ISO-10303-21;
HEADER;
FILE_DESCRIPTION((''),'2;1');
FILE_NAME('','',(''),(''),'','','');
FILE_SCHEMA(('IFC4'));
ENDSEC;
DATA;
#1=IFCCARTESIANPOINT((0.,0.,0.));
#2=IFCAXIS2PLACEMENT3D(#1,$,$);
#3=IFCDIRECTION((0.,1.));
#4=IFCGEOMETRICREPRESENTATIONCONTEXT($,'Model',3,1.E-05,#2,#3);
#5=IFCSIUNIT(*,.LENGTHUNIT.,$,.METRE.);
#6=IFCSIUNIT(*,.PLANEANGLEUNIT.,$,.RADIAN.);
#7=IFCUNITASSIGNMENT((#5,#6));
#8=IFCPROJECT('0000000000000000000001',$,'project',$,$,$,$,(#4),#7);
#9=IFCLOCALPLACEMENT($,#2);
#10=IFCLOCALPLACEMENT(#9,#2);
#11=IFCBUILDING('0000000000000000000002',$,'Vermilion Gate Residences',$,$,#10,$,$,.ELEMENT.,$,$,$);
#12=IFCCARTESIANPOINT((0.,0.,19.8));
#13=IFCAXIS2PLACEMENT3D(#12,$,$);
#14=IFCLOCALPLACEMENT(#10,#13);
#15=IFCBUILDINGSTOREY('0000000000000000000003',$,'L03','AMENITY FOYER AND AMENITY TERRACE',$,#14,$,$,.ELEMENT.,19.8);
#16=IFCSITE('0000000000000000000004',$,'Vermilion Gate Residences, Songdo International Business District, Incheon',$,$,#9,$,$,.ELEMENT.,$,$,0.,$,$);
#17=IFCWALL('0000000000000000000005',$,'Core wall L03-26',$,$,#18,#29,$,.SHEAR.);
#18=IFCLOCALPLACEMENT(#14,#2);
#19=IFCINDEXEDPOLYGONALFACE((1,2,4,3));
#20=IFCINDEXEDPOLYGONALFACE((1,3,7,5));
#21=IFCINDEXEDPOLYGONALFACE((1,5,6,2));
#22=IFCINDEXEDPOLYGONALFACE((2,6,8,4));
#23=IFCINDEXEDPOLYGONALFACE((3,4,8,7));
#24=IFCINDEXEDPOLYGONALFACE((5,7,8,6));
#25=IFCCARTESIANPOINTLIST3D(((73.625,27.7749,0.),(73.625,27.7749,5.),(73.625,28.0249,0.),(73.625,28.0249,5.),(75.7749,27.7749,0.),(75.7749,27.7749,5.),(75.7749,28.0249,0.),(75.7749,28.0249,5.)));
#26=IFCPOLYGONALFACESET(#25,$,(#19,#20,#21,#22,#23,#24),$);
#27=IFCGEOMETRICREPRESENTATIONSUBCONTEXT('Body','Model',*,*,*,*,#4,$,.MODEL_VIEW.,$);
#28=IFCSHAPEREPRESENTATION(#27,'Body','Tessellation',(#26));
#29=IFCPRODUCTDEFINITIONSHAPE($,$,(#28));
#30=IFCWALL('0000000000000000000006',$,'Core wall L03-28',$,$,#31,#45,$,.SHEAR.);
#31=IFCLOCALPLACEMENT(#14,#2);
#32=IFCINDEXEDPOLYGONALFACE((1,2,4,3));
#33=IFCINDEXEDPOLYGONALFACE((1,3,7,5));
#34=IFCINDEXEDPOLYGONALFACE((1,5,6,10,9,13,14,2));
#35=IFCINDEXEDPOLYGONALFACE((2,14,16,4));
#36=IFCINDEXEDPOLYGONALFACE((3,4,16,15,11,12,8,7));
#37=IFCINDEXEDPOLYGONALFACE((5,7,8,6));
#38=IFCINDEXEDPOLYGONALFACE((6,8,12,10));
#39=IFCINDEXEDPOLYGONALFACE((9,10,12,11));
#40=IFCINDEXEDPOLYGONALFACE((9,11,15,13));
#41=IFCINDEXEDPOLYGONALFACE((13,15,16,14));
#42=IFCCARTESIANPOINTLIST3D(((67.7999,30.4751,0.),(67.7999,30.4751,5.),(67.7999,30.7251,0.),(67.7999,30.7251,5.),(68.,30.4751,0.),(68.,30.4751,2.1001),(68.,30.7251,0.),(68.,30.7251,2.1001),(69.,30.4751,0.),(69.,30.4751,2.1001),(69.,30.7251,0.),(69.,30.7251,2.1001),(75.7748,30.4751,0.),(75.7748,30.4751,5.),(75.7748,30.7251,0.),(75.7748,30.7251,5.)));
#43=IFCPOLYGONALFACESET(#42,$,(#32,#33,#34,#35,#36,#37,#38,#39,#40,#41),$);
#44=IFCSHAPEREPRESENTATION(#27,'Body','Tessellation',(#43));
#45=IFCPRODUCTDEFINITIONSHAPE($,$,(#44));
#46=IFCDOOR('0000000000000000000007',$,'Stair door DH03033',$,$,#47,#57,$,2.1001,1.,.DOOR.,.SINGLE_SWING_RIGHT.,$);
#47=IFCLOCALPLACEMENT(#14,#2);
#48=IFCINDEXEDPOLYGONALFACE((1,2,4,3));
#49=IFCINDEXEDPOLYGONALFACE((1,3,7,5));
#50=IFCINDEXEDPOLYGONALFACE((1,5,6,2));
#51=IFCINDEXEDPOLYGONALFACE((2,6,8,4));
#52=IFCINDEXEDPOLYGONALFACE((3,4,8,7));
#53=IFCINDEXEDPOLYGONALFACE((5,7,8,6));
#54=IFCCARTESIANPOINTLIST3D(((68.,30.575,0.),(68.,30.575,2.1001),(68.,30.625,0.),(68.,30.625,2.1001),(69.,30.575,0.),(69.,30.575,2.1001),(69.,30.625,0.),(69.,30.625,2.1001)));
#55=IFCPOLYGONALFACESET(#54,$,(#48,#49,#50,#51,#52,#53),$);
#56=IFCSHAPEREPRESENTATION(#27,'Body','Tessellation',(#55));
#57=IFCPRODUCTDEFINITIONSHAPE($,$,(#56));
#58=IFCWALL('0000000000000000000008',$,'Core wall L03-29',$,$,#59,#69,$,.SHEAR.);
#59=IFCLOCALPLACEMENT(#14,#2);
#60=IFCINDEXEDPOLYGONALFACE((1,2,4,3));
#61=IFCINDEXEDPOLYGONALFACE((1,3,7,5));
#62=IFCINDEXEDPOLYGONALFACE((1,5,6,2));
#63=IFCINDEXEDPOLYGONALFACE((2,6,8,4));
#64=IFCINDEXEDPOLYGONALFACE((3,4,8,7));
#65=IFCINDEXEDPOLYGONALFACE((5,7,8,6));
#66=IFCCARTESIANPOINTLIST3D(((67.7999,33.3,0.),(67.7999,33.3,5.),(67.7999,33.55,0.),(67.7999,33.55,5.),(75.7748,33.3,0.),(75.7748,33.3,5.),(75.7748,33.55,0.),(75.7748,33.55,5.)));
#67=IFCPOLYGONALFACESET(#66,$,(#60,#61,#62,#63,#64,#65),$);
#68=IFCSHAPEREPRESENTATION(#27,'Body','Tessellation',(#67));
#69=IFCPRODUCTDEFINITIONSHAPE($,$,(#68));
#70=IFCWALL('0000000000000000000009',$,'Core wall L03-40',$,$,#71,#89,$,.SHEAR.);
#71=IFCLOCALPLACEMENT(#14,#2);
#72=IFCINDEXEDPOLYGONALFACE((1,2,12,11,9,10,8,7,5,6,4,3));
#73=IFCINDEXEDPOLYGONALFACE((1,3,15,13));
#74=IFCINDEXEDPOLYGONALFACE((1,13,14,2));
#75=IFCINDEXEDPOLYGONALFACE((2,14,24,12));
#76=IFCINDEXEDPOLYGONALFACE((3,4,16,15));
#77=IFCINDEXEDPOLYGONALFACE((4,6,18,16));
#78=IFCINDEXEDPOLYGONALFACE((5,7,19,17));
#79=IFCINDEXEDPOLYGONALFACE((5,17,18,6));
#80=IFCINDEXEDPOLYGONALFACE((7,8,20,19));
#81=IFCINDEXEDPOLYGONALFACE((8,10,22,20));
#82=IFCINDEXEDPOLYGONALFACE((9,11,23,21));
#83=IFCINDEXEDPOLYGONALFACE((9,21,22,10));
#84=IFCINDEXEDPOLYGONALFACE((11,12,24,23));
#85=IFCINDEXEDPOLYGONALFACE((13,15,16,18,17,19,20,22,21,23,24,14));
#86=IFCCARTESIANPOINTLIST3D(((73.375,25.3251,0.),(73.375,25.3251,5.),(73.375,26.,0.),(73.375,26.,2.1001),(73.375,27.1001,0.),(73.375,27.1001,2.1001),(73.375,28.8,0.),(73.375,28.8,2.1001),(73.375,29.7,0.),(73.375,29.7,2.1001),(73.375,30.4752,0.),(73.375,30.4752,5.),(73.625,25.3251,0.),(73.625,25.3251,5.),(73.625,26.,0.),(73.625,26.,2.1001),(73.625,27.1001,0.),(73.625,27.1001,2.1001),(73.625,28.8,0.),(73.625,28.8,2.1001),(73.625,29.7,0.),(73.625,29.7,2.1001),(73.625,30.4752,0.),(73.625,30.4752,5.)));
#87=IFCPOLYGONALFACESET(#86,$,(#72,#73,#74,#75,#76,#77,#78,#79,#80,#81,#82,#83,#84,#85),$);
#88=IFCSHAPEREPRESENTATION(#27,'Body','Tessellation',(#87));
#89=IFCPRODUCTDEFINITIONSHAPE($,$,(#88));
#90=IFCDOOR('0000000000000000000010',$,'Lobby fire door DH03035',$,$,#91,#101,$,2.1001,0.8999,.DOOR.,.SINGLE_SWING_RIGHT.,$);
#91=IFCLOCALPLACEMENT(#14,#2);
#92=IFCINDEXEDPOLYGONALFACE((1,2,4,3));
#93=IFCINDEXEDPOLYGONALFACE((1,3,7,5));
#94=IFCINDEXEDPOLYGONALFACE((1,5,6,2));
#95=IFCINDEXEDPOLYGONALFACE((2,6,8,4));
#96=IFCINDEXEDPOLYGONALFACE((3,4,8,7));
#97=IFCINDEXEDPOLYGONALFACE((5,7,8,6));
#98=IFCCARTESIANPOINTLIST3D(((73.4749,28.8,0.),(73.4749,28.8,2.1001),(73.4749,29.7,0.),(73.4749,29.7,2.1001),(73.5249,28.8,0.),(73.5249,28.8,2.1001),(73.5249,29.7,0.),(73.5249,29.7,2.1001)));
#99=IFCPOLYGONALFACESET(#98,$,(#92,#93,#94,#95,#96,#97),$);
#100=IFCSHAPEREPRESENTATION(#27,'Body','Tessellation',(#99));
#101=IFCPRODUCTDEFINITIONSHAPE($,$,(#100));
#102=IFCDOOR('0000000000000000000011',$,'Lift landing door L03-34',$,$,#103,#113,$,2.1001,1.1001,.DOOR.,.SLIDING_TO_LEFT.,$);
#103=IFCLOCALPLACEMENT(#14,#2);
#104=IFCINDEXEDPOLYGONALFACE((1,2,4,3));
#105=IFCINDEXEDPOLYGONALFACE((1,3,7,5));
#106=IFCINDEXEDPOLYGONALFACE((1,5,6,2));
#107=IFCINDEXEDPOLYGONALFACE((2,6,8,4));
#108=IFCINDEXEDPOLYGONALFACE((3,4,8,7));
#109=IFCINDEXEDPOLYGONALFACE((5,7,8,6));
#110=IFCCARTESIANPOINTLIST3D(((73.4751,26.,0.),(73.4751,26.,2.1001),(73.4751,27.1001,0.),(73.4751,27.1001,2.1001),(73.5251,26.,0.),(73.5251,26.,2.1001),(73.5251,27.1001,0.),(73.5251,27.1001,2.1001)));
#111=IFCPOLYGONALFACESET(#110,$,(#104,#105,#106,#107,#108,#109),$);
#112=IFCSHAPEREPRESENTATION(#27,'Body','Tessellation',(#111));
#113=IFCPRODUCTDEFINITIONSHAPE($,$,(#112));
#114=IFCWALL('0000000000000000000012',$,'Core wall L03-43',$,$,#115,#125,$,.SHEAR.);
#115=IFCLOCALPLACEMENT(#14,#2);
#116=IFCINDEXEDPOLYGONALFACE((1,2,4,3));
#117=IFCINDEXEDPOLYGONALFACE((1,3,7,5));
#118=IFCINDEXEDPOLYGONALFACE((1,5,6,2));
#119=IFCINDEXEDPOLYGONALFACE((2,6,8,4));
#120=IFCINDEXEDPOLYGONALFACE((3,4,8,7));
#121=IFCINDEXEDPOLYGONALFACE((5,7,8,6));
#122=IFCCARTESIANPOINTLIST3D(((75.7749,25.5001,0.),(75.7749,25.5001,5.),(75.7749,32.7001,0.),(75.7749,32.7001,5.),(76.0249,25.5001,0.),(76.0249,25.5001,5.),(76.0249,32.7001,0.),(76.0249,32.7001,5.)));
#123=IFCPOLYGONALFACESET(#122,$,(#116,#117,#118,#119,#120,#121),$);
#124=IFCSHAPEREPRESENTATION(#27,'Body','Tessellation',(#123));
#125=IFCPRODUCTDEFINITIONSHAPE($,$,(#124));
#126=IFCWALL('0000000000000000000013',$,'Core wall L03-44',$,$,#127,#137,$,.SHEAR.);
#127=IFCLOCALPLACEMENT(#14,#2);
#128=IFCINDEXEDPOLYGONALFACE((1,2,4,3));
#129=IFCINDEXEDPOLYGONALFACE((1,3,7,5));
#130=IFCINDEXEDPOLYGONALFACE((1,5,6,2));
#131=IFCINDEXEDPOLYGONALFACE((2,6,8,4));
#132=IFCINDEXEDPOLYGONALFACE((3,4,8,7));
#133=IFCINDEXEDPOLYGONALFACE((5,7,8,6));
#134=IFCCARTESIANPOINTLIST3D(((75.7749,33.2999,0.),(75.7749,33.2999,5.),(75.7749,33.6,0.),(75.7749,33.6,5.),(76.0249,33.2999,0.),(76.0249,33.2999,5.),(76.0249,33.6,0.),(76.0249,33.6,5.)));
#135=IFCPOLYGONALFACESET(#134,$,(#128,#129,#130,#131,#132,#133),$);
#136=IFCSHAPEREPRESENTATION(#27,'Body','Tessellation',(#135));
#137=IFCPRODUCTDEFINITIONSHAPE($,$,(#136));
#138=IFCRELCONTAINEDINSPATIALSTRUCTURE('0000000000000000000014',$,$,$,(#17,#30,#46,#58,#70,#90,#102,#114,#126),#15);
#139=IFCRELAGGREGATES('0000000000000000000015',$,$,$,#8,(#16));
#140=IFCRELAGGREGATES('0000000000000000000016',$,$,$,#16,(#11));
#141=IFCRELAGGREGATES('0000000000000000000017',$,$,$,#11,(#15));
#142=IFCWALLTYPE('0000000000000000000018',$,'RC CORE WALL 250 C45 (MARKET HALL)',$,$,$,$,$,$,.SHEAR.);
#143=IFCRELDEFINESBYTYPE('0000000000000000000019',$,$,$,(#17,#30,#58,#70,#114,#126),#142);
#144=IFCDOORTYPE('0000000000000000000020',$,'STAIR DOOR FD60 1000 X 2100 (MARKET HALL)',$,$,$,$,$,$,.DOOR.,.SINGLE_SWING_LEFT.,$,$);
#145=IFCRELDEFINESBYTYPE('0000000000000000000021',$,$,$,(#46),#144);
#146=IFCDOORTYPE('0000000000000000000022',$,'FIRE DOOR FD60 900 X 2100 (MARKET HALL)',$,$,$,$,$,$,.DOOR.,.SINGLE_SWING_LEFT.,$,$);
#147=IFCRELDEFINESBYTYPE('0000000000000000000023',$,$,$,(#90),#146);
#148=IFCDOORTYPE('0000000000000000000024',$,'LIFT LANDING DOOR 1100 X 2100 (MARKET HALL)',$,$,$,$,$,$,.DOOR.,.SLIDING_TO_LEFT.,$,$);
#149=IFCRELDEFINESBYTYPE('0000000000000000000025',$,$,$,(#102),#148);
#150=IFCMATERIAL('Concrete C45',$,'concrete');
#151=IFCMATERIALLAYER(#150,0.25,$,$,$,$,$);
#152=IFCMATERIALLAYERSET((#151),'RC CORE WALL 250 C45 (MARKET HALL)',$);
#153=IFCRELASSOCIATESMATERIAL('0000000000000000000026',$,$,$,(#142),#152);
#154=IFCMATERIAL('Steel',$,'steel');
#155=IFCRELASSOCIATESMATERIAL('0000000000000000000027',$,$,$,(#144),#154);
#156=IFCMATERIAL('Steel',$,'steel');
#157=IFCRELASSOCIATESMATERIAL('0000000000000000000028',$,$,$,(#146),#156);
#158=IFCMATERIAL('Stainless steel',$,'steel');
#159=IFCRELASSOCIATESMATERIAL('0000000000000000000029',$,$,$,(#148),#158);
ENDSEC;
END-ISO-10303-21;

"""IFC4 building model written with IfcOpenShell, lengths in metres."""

from ifc_helpers import new_model, si_unit, direction, frame, frame_2d, origin, place, context, subcontext, project, spatial, rectangle, extrude, material, layer, layer_set, type_object, element, fill, save


model = new_model("IFC4")

# Units and contexts
model_context = context("Model", 3, precision=1e-05, world=origin(), true_north=direction((0.0, 1.0)))
body_context = subcontext(model_context, "Body", "Model", "MODEL_VIEW")
ifc_project = project(units=[si_unit("LENGTHUNIT", "METRE"), si_unit("PLANEANGLEUNIT", "RADIAN")], contexts=[model_context])

# Site, building, storey
site_placement = place(None, origin())
site = spatial("IfcSite", under=ifc_project, at=site_placement, Name="Vermilion Gate Residences, Songdo International Business District, Incheon", CompositionType="ELEMENT", RefElevation=0.0)
building_placement = place(site_placement, origin())
building = spatial("IfcBuilding", under=site, at=building_placement, Name="Vermilion Gate Residences", CompositionType="ELEMENT")
storey_placement = place(building_placement, frame((0.0, 0.0, 19.8)))
storey = spatial("IfcBuildingStorey", under=building, at=storey_placement, Name="L03", Description="AMENITY FOYER AND AMENITY TERRACE", CompositionType="ELEMENT", Elevation=19.8)

# Wall
ifc_material_1 = material(Name="Concrete C45", Category="concrete")
ifc_layer_1 = layer(ifc_material_1, 0.25)
ifc_layer_set_1 = layer_set([ifc_layer_1], Name="RC CORE WALL 250 C45 (MARKET HALL)")
wall_type_1 = type_object("IfcWallType", Name="RC CORE WALL 250 C45 (MARKET HALL)", PredefinedType="SHEAR", material=ifc_layer_set_1)
wall_1_placement = place(storey_placement, frame((73.625, 27.8999, 0.0), z_axis=(0.0, 0.0, 1.0), x_axis=(1.0, 0.0, 0.0)))
element("IfcWall", 1, at=wall_1_placement, inside=storey, type_object=wall_type_1, Name="Core wall L03-26", PredefinedType="SHEAR", context=body_context, shape_type="SweptSolid", body=[
    extrude(rectangle(XDim=2.1499, YDim=0.25, at=frame_2d((1.075, 0.0))), origin(), (0.0, 0.0, 1.0), 5.0),
])

# Wall, opening, door
wall_2_placement = place(storey_placement, frame((67.8, 30.6001, 0.0), z_axis=(0.0, 0.0, 1.0), x_axis=(1.0, 0.0, 0.0)))
wall_2 = element("IfcWall", 2, at=wall_2_placement, inside=storey, type_object=wall_type_1, Name="Core wall L03-28", PredefinedType="SHEAR", context=body_context, shape_type="SweptSolid", body=[
    extrude(rectangle(XDim=7.9749, YDim=0.25, at=frame_2d((3.9873, 0.0))), origin(), (0.0, 0.0, 1.0), 5.0),
])
opening_1_placement = place(wall_2_placement, frame((0.2, 0.0, 0.0)))
opening_1 = element("IfcOpeningElement", 3, at=opening_1_placement, cuts=wall_2, PredefinedType="OPENING", context=body_context, shape_type="SweptSolid", body=[
    extrude(rectangle(XDim=1.0, YDim=2.1001, at=frame_2d((0.5, 1.05))), frame((0.0, 0.135, 0.0), z_axis=(0.0, -1.0, 0.0), x_axis=(1.0, 0.0, 0.0)), (0.0, 0.0, 1.0), 0.27),
])
ifc_material_2 = material(Name="Steel", Category="steel")
door_type_1 = type_object("IfcDoorType", Name="STAIR DOOR FD60 1000 X 2100 (MARKET HALL)", OperationType="SINGLE_SWING_LEFT", PredefinedType="DOOR", material=ifc_material_2)
door_1_placement = place(opening_1_placement, origin())
door_1 = element("IfcDoor", 4, at=door_1_placement, inside=storey, type_object=door_type_1, Name="Stair door DH03033", OperationType="SINGLE_SWING_RIGHT", OverallHeight=2.1001, OverallWidth=1.0, PredefinedType="DOOR", context=body_context, shape_type="SweptSolid", body=[
    extrude(rectangle(XDim=1.0, YDim=2.1001, at=frame_2d((0.5, 1.05))), frame((0.0, 0.0249, 0.0), z_axis=(0.0, -1.0, 0.0), x_axis=(1.0, 0.0, 0.0)), (0.0, 0.0, 1.0), 0.05),
])
fill(opening_1, door_1)

# Wall
wall_3_placement = place(storey_placement, frame((67.8, 33.425, 0.0), z_axis=(0.0, 0.0, 1.0), x_axis=(1.0, 0.0, 0.0)))
element("IfcWall", 5, at=wall_3_placement, inside=storey, type_object=wall_type_1, Name="Core wall L03-29", PredefinedType="SHEAR", context=body_context, shape_type="SweptSolid", body=[
    extrude(rectangle(XDim=7.9749, YDim=0.25, at=frame_2d((3.9873, 0.0))), origin(), (0.0, 0.0, 1.0), 5.0),
])

# Wall, openings, doors
wall_4_placement = place(storey_placement, frame((73.5, 25.325, 0.0), z_axis=(0.0, 0.0, 1.0), x_axis=(0.0, 1.0, 0.0)))
wall_4 = element("IfcWall", 6, at=wall_4_placement, inside=storey, type_object=wall_type_1, Name="Core wall L03-40", PredefinedType="SHEAR", context=body_context, shape_type="SweptSolid", body=[
    extrude(rectangle(XDim=5.1501, YDim=0.25, at=frame_2d((2.5752, 0.0))), origin(), (0.0, 0.0, 1.0), 5.0),
])
opening_2_placement = place(wall_4_placement, frame((0.675, 0.0, 0.0)))
opening_2 = element("IfcOpeningElement", 7, at=opening_2_placement, cuts=wall_4, PredefinedType="OPENING", context=body_context, shape_type="SweptSolid", body=[
    extrude(rectangle(XDim=1.1001, YDim=2.1001, at=frame_2d((0.55, 1.05))), frame((0.0, 0.135, 0.0), z_axis=(0.0, -1.0, 0.0), x_axis=(1.0, 0.0, 0.0)), (0.0, 0.0, 1.0), 0.27),
])
opening_3_placement = place(wall_4_placement, frame((3.4751, 0.0, 0.0)))
opening_3 = element("IfcOpeningElement", 8, at=opening_3_placement, cuts=wall_4, PredefinedType="OPENING", context=body_context, shape_type="SweptSolid", body=[
    extrude(rectangle(XDim=0.8999, YDim=2.1001, at=frame_2d((0.45, 1.05))), frame((0.0, 0.135, 0.0), z_axis=(0.0, -1.0, 0.0), x_axis=(1.0, 0.0, 0.0)), (0.0, 0.0, 1.0), 0.27),
])
ifc_material_3 = material(Name="Steel", Category="steel")
door_type_2 = type_object("IfcDoorType", Name="FIRE DOOR FD60 900 X 2100 (MARKET HALL)", OperationType="SINGLE_SWING_LEFT", PredefinedType="DOOR", material=ifc_material_3)
door_2_placement = place(opening_3_placement, frame((0.8999, 0.0, 0.0), z_axis=(0.0, 0.0, 1.0), x_axis=(-1.0, 0.0, 0.0)))
door_2 = element("IfcDoor", 9, at=door_2_placement, inside=storey, type_object=door_type_2, Name="Lobby fire door DH03035", OperationType="SINGLE_SWING_RIGHT", OverallHeight=2.1001, OverallWidth=0.8999, PredefinedType="DOOR", context=body_context, shape_type="SweptSolid", body=[
    extrude(rectangle(XDim=0.8999, YDim=2.1001, at=frame_2d((0.45, 1.05))), frame((0.0, 0.0249, 0.0), z_axis=(0.0, -1.0, 0.0), x_axis=(1.0, 0.0, 0.0)), (0.0, 0.0, 1.0), 0.05),
])
fill(opening_3, door_2)
ifc_material_4 = material(Name="Stainless steel", Category="steel")
door_type_3 = type_object("IfcDoorType", Name="LIFT LANDING DOOR 1100 X 2100 (MARKET HALL)", OperationType="SLIDING_TO_LEFT", PredefinedType="DOOR", material=ifc_material_4)
door_3_placement = place(opening_2_placement, origin())
door_3 = element("IfcDoor", 10, at=door_3_placement, inside=storey, type_object=door_type_3, Name="Lift landing door L03-34", OperationType="SLIDING_TO_LEFT", OverallHeight=2.1001, OverallWidth=1.1001, PredefinedType="DOOR", context=body_context, shape_type="SweptSolid", body=[
    extrude(rectangle(XDim=1.1001, YDim=2.1001, at=frame_2d((0.55, 1.05))), frame((0.0, 0.0249, 0.0), z_axis=(0.0, -1.0, 0.0), x_axis=(1.0, 0.0, 0.0)), (0.0, 0.0, 1.0), 0.05),
])
fill(opening_2, door_3)

# Walls
wall_5_placement = place(storey_placement, frame((75.8999, 25.5, 0.0), z_axis=(0.0, 0.0, 1.0), x_axis=(0.0, 1.0, 0.0)))
element("IfcWall", 11, at=wall_5_placement, inside=storey, type_object=wall_type_1, Name="Core wall L03-43", PredefinedType="SHEAR", context=body_context, shape_type="SweptSolid", body=[
    extrude(rectangle(XDim=7.2, YDim=0.25, at=frame_2d((3.6001, 0.0))), origin(), (0.0, 0.0, 1.0), 5.0),
])
wall_6_placement = place(storey_placement, frame((75.8999, 33.3, 0.0), z_axis=(0.0, 0.0, 1.0), x_axis=(0.0, 1.0, 0.0)))
element("IfcWall", 12, at=wall_6_placement, inside=storey, type_object=wall_type_1, Name="Core wall L03-44", PredefinedType="SHEAR", context=body_context, shape_type="SweptSolid", body=[
    extrude(rectangle(XDim=0.3, YDim=0.25, at=frame_2d((0.1499, 0.0))), origin(), (0.0, 0.0, 1.0), 5.0),
])

save(model, "model.ifc")
